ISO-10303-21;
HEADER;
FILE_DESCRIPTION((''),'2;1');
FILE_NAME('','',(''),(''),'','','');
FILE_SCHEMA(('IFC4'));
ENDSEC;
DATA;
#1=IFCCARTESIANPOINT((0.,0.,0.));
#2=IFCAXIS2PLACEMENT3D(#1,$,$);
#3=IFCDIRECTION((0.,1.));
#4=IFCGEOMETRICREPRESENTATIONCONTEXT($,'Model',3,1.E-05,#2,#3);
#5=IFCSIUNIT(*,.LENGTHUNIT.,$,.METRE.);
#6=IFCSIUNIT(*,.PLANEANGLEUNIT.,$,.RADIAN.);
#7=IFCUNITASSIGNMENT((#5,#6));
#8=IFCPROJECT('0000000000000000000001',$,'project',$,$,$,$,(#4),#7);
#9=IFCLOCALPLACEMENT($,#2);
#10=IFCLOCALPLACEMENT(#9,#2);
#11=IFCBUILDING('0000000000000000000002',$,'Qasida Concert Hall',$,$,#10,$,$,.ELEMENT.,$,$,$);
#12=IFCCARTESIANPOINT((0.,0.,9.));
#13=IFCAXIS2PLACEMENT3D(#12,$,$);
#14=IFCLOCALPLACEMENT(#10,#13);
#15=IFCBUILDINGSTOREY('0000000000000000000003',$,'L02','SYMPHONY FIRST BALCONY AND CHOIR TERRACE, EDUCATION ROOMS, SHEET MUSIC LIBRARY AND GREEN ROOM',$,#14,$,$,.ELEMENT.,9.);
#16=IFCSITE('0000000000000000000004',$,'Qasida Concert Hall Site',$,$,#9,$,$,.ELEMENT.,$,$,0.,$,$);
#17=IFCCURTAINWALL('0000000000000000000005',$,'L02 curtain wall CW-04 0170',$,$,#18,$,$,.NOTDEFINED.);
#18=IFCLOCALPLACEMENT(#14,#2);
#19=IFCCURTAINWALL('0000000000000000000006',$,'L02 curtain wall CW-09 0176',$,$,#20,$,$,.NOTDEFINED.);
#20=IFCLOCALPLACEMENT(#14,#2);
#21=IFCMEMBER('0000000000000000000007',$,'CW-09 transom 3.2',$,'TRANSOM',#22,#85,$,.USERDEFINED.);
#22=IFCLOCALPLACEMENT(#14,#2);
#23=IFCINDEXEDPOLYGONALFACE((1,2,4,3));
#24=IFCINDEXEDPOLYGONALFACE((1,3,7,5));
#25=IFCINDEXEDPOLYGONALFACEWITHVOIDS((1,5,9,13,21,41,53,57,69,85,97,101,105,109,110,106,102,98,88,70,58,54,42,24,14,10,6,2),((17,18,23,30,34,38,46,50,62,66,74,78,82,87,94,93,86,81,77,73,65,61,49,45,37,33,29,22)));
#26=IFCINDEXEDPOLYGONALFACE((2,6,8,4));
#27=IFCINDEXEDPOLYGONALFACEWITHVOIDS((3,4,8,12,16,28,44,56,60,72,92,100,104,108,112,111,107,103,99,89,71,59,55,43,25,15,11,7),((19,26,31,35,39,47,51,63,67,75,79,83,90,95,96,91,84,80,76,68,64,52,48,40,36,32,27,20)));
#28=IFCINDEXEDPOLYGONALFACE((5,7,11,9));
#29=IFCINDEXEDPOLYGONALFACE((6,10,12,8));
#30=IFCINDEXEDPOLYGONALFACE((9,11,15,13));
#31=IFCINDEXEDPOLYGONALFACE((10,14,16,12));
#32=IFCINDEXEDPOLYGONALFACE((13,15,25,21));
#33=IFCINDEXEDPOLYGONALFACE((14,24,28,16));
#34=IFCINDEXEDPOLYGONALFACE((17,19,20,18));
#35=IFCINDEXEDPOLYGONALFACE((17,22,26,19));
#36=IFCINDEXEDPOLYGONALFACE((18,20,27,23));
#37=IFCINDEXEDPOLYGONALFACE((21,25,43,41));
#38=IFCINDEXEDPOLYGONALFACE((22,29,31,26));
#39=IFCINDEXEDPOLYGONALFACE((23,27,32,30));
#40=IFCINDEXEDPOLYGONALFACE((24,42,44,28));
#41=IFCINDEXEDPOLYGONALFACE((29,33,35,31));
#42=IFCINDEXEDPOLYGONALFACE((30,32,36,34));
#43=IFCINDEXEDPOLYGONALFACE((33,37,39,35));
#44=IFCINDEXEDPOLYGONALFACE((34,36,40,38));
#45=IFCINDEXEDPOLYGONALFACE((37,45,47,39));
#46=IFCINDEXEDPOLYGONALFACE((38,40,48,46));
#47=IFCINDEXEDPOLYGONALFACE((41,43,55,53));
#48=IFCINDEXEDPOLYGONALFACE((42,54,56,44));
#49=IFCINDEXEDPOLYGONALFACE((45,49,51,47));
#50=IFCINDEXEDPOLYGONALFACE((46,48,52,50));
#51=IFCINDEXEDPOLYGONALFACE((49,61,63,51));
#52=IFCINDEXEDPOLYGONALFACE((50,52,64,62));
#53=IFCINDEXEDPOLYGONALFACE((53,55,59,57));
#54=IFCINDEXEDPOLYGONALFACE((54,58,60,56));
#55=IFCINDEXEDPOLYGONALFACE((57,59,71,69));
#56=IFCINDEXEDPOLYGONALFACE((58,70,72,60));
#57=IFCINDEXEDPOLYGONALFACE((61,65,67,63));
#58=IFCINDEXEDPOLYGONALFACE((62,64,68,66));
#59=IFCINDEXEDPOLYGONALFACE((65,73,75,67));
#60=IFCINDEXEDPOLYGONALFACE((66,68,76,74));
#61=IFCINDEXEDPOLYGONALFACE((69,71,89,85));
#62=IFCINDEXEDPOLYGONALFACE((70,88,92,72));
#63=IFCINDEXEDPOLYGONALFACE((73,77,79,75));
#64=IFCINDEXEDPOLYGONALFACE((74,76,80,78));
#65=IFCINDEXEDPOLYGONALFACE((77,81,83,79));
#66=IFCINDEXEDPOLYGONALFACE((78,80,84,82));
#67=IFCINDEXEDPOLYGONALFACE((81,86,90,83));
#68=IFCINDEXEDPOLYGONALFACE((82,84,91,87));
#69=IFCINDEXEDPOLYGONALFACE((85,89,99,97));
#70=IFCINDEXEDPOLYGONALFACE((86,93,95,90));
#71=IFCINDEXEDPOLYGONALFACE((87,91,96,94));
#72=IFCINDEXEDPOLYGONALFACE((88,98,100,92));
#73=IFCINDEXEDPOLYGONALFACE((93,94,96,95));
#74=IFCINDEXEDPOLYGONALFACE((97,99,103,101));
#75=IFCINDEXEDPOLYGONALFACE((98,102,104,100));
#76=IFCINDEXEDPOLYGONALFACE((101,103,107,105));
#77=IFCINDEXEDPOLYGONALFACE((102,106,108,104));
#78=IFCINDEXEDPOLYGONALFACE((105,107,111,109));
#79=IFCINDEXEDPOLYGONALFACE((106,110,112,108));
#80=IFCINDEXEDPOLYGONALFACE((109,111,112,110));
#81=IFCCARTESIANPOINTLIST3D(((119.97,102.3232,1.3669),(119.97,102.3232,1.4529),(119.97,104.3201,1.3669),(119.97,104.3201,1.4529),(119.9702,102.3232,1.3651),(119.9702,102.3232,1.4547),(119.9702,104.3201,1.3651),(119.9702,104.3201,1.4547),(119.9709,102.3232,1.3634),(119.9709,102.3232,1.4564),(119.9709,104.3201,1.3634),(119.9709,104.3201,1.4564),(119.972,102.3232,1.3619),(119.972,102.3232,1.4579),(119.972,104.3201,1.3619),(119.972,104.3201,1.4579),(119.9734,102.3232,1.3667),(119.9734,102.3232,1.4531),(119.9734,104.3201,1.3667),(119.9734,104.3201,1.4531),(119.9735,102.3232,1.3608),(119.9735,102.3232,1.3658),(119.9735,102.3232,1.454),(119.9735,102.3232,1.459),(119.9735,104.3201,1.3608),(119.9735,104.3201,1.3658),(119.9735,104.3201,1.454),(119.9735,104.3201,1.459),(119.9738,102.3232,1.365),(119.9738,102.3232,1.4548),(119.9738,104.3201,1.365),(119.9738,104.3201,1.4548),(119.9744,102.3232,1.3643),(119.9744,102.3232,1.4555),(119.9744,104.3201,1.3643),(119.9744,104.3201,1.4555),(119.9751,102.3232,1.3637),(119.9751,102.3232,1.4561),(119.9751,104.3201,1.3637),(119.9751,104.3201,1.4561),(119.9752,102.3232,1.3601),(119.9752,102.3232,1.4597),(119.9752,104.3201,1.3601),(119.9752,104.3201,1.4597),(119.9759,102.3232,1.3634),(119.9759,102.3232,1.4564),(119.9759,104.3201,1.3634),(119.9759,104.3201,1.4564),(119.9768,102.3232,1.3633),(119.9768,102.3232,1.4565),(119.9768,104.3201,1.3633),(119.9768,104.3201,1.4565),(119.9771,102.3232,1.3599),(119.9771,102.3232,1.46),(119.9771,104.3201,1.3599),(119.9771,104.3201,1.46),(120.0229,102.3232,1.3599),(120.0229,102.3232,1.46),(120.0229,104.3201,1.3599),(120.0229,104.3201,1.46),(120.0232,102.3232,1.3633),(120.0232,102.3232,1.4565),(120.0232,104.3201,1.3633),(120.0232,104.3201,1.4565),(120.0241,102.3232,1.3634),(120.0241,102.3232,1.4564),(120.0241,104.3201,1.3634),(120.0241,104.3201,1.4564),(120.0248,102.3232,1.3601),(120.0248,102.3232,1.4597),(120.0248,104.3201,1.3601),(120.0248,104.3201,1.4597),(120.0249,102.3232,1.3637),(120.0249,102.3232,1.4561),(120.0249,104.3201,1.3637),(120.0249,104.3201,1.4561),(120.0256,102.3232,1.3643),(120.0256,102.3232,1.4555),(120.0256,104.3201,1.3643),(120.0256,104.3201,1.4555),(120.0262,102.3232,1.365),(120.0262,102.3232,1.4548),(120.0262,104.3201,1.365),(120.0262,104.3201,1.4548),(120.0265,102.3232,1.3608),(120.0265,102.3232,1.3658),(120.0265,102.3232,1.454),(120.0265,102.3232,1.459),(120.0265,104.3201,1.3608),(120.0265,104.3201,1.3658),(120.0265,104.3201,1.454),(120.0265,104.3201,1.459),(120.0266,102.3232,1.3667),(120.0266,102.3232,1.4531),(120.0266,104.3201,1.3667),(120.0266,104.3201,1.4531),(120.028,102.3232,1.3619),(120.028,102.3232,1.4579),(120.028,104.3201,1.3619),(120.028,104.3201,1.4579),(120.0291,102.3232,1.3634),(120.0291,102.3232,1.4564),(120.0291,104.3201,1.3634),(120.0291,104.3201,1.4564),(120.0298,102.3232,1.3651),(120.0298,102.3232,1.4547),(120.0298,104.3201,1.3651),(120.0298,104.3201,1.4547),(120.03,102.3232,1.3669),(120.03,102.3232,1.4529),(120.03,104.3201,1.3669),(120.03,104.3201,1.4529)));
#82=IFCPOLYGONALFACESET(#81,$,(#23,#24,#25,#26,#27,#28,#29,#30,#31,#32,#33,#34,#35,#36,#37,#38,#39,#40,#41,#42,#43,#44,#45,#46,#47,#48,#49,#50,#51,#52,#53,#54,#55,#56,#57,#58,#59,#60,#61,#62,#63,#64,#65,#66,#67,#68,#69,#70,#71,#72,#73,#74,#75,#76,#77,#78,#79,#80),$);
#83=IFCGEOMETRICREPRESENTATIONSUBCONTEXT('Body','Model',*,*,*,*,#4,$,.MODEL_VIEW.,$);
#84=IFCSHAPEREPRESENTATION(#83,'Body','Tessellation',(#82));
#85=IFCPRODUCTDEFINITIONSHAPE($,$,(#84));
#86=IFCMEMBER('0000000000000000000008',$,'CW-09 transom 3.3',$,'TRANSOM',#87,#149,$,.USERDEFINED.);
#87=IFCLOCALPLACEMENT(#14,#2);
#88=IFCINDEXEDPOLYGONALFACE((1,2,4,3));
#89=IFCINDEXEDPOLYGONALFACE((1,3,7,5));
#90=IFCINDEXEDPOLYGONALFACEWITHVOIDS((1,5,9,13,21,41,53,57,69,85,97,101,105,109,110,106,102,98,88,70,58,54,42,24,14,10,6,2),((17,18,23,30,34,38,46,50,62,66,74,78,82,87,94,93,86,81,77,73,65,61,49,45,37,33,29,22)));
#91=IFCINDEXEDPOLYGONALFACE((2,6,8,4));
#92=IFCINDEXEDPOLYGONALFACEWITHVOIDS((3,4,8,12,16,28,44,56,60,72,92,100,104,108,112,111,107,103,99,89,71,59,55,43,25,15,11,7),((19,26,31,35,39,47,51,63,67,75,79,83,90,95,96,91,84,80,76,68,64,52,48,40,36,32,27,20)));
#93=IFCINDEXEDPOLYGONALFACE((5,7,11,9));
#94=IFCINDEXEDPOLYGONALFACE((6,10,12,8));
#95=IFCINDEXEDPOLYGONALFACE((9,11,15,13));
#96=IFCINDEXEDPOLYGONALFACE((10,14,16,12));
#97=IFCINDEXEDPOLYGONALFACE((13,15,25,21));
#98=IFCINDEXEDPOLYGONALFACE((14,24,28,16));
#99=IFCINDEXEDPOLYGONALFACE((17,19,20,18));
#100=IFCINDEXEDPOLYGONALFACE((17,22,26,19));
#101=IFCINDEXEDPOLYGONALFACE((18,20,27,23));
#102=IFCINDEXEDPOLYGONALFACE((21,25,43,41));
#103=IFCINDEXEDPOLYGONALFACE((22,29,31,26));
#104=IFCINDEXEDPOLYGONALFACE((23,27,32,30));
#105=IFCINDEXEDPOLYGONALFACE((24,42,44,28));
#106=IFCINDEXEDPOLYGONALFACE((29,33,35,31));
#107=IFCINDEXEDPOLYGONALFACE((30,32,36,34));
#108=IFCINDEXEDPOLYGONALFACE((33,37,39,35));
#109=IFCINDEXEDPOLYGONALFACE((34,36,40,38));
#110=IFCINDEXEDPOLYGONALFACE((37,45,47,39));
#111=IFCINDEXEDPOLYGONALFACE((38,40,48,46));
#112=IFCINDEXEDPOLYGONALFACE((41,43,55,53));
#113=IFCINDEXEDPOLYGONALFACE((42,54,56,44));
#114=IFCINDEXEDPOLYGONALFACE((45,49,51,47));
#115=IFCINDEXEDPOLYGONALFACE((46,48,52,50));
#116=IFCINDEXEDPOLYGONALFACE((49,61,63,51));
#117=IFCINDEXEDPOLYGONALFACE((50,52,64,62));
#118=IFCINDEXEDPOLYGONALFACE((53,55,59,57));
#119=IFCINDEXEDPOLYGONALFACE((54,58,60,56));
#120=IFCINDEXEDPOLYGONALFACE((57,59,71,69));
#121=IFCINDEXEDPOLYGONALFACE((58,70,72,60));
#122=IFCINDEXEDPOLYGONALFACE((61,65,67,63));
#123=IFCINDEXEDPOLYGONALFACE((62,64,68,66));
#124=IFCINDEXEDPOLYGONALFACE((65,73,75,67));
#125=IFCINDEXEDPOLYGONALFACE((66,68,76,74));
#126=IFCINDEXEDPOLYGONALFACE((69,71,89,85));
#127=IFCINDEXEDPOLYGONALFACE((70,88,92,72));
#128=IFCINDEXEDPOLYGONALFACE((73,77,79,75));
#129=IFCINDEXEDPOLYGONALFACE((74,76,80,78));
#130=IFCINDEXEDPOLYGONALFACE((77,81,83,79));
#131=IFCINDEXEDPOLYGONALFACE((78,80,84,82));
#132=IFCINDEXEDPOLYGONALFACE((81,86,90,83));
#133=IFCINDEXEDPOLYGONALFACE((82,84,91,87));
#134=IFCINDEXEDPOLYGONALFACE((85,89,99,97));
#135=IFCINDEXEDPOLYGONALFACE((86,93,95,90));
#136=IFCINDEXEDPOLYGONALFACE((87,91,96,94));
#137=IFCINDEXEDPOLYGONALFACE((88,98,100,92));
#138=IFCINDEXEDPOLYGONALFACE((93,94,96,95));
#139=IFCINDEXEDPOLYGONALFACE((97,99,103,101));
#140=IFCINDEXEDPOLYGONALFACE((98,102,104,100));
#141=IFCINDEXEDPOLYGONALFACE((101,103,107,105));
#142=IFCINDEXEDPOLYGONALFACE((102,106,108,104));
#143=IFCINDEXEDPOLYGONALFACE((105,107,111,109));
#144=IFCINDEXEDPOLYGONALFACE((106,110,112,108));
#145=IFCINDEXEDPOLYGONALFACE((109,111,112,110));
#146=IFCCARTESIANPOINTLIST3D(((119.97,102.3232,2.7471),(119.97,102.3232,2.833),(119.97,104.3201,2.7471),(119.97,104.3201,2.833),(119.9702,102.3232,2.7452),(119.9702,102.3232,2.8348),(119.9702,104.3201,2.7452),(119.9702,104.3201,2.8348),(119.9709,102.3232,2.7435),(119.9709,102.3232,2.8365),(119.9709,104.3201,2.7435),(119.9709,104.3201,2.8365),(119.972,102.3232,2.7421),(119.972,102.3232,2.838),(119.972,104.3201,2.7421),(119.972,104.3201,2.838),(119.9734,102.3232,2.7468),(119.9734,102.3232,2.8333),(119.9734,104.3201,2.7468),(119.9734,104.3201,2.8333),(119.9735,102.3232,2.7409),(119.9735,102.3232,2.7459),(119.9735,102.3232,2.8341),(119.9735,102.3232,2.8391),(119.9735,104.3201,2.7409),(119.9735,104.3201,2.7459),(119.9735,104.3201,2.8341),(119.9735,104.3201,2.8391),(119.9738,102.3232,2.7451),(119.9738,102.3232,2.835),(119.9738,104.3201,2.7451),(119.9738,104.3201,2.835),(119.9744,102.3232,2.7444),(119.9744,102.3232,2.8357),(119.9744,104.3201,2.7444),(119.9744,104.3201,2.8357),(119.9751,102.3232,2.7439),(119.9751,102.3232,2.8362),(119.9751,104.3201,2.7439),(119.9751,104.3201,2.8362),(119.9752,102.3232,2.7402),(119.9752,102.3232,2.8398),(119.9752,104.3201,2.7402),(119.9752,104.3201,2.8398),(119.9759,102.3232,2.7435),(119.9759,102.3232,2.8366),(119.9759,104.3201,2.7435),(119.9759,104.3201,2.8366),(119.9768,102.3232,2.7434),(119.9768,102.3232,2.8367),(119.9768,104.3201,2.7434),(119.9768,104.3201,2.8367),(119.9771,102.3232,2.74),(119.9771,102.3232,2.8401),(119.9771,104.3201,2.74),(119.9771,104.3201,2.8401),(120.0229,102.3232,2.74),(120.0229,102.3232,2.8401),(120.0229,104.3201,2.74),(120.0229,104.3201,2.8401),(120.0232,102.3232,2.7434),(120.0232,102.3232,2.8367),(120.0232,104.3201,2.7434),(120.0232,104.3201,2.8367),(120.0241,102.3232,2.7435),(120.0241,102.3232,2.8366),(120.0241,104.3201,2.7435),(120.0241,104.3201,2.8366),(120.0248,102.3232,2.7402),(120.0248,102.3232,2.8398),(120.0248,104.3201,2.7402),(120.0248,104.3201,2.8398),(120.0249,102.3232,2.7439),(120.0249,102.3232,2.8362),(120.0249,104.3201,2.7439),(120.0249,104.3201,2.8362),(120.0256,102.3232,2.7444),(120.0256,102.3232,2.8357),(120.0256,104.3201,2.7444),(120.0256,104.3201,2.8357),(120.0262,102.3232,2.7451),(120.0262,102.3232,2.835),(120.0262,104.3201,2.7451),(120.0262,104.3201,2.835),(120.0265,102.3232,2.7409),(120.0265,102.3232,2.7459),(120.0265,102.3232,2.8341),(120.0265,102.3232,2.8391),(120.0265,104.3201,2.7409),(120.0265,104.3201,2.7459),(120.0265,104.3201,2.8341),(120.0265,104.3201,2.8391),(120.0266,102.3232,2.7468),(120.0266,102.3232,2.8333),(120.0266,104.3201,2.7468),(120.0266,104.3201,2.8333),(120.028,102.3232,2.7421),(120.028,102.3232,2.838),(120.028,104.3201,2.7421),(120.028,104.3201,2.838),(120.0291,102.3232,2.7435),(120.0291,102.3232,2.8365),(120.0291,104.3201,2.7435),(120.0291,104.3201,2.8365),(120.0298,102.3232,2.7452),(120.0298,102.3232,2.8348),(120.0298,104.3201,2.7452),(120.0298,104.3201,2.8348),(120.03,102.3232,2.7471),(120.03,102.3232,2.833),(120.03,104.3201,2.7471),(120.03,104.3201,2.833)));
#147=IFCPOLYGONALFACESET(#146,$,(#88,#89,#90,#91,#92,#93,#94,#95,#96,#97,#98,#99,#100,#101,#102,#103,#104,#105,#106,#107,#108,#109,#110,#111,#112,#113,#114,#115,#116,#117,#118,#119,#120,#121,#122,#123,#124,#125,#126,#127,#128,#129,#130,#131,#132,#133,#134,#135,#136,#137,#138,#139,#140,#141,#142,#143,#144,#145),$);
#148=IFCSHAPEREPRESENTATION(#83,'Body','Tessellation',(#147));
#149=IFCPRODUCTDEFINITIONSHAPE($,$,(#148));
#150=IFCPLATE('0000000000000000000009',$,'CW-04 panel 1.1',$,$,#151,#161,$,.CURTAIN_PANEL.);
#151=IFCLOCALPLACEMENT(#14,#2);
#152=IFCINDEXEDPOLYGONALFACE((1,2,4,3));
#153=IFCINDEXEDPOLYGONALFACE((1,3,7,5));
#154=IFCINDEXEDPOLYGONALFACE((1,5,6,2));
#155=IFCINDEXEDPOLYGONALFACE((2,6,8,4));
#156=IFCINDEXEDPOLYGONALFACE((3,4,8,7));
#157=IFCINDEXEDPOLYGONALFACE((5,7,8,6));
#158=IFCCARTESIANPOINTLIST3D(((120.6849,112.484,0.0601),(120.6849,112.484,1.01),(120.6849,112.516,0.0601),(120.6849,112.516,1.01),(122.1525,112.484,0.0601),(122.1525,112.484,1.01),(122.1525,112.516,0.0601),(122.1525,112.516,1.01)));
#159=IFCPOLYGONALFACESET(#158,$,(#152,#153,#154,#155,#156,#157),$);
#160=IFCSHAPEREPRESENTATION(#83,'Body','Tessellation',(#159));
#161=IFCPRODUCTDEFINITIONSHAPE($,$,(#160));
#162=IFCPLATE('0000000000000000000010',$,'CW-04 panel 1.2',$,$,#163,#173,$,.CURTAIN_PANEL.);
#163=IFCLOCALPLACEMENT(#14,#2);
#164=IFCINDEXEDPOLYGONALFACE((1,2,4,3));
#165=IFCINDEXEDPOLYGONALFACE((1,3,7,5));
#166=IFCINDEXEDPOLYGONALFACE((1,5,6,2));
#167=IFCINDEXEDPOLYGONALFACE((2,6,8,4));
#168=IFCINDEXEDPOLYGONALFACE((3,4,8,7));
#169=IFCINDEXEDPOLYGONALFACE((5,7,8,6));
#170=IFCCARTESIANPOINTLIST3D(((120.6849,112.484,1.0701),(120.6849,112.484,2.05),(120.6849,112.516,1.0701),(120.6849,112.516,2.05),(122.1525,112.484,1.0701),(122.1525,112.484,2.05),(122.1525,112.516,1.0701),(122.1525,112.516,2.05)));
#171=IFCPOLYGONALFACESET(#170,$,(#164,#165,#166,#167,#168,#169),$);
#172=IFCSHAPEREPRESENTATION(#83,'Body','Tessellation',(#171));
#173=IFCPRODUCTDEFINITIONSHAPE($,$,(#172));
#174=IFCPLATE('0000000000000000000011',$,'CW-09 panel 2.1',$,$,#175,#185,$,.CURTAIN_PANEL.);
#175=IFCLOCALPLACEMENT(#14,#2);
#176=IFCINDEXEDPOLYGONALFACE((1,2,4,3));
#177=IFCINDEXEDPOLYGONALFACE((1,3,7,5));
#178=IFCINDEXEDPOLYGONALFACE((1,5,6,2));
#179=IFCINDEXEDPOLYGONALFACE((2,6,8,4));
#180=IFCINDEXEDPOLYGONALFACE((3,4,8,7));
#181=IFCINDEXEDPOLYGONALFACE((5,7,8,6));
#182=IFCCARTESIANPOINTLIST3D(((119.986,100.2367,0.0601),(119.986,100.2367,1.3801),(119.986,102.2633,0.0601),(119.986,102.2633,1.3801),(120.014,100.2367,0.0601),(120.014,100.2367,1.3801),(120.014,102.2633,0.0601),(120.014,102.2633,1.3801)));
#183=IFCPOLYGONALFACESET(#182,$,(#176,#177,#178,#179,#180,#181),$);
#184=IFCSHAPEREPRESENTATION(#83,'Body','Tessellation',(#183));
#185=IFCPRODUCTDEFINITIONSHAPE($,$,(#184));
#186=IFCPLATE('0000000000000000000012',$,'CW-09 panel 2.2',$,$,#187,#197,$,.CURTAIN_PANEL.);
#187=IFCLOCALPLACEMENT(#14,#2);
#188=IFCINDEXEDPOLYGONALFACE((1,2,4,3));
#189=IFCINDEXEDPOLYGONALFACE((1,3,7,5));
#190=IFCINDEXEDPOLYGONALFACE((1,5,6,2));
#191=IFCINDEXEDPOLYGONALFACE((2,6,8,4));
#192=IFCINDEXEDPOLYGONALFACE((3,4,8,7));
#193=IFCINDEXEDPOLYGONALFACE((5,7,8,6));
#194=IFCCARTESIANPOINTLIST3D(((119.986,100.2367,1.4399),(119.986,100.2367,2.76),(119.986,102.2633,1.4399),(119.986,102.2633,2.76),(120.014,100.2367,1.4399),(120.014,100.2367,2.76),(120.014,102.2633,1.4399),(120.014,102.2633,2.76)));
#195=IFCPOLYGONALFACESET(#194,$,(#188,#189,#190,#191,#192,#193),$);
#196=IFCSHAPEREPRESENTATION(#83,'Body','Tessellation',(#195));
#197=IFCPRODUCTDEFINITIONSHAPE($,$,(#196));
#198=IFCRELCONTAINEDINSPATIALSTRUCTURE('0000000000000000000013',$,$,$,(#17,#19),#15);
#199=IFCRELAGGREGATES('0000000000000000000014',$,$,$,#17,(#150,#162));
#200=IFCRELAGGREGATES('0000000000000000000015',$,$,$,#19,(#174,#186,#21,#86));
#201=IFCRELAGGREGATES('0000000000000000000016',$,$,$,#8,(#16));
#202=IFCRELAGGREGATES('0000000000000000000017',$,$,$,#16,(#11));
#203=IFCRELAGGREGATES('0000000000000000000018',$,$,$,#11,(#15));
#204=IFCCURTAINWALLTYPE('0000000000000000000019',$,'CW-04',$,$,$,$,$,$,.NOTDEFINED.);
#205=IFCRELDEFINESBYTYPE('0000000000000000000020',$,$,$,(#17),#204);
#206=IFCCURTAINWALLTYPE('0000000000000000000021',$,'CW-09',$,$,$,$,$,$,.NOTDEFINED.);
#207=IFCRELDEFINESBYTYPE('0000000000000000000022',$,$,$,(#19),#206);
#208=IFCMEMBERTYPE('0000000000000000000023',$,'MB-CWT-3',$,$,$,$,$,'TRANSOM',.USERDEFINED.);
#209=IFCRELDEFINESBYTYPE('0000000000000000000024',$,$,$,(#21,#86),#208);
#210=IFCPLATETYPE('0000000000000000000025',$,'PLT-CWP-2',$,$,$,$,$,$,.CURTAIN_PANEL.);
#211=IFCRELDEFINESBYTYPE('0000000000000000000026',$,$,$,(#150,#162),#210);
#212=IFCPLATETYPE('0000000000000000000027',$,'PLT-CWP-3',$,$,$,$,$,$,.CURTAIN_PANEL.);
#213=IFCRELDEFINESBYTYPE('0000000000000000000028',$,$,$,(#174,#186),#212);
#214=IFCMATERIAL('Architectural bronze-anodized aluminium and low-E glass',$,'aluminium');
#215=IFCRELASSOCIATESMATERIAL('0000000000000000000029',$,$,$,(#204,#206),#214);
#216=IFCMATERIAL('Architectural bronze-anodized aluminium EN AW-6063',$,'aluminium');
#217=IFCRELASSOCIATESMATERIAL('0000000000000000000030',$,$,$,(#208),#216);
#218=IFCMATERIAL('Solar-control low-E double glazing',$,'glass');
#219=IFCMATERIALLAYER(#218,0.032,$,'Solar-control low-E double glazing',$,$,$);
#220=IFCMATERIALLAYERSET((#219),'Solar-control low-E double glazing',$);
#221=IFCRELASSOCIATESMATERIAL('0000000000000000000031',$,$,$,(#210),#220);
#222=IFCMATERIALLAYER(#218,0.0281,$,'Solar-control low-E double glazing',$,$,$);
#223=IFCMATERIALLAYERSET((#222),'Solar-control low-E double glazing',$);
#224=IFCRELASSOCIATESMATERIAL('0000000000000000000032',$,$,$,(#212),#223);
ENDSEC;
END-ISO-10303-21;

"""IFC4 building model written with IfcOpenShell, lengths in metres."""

from ifc_helpers import new_model, si_unit, direction, frame, origin, origin_2d, place, context, subcontext, project, spatial, rectangle, hollow_rectangle, extrude, material, layer, layer_set, material_profile, profile_set, type_object, element, aggregate, save


model = new_model("IFC4")

# Units and contexts
model_context = context("Model", 3, precision=1e-05, world=origin(), true_north=direction((0.0, 1.0)))
body_context = subcontext(model_context, "Body", "Model", "MODEL_VIEW")
ifc_project = project(units=[si_unit("LENGTHUNIT", "METRE"), si_unit("PLANEANGLEUNIT", "RADIAN")], contexts=[model_context])

# Site, building, storey
site_placement = place(None, origin())
site = spatial("IfcSite", under=ifc_project, at=site_placement, Name="Qasida Concert Hall Site", CompositionType="ELEMENT", RefElevation=0.0)
building_placement = place(site_placement, origin())
building = spatial("IfcBuilding", under=site, at=building_placement, Name="Qasida Concert Hall", CompositionType="ELEMENT")
storey_placement = place(building_placement, frame((0.0, 0.0, 9.0)))
storey = spatial("IfcBuildingStorey", under=building, at=storey_placement, Name="L02", Description="SYMPHONY FIRST BALCONY AND CHOIR TERRACE, EDUCATION ROOMS, SHEET MUSIC LIBRARY AND GREEN ROOM", CompositionType="ELEMENT", Elevation=9.0)

# Curtain wall
ifc_material_1 = material(Name="Architectural bronze-anodized aluminium and low-E glass", Category="aluminium")
curtain_wall_type_1 = type_object("IfcCurtainWallType", Name="CW-04", PredefinedType="NOTDEFINED", material=ifc_material_1)
curtain_wall_1_placement = place(storey_placement, origin())
curtain_wall_1 = element("IfcCurtainWall", 1, at=curtain_wall_1_placement, inside=storey, type_object=curtain_wall_type_1, Name="L02 curtain wall CW-04 0170", PredefinedType="NOTDEFINED")
ifc_material_2 = material(Name="Architectural bronze-anodized aluminium EN AW-6063", Category="aluminium")

# Curtain wall
curtain_wall_type_2 = type_object("IfcCurtainWallType", Name="CW-09", PredefinedType="NOTDEFINED", material=ifc_material_1)
curtain_wall_2_placement = place(storey_placement, origin())
curtain_wall_2 = element("IfcCurtainWall", 2, at=curtain_wall_2_placement, inside=storey, type_object=curtain_wall_type_2, Name="L02 curtain wall CW-09 0176", PredefinedType="NOTDEFINED")

# Members
ifc_material_profile_1 = material_profile(ifc_material_2, hollow_rectangle(XDim=0.0601, YDim=0.1001, WallThickness=0.0034, InnerFilletRadius=0.0034, OuterFilletRadius=0.0071, at=origin_2d()), Name="CWT 100x60x3.5")
ifc_profile_set_1 = profile_set([ifc_material_profile_1], Name="Architectural bronze-anodized aluminium EN AW-6063")
member_type_1 = type_object("IfcMemberType", Name="MB-CWT-3", ElementType="TRANSOM", PredefinedType="USERDEFINED", material=ifc_profile_set_1)
member_1_placement = place(storey_placement, frame((120.0, 102.3232, 1.4099), z_axis=(0.0, 1.0, 0.0), x_axis=(-1.0, 0.0, 0.0)))
member_1 = element("IfcMember", 3, at=member_1_placement, type_object=member_type_1, Name="CW-09 transom 3.2", ObjectType="TRANSOM", PredefinedType="USERDEFINED", context=body_context, shape_type="SweptSolid", body=[
    extrude(hollow_rectangle(XDim=0.0601, YDim=0.1001, WallThickness=0.0034, InnerFilletRadius=0.0034, OuterFilletRadius=0.0071, at=origin_2d()), origin(), (0.0, 0.0, 1.0), 1.9968),
])
member_2_placement = place(storey_placement, frame((120.0, 102.3232, 2.79), z_axis=(0.0, 1.0, 0.0), x_axis=(-1.0, 0.0, 0.0)))
member_2 = element("IfcMember", 4, at=member_2_placement, type_object=member_type_1, Name="CW-09 transom 3.3", ObjectType="TRANSOM", PredefinedType="USERDEFINED", context=body_context, shape_type="SweptSolid", body=[
    extrude(hollow_rectangle(XDim=0.0601, YDim=0.1001, WallThickness=0.0034, InnerFilletRadius=0.0034, OuterFilletRadius=0.0071, at=origin_2d()), origin(), (0.0, 0.0, 1.0), 1.9968),
])

# Plates
ifc_material_3 = material(Name="Solar-control low-E double glazing", Category="glass")
ifc_layer_1 = layer(ifc_material_3, 0.032, Name="Solar-control low-E double glazing")
ifc_layer_set_1 = layer_set([ifc_layer_1], Name="Solar-control low-E double glazing")
plate_type_1 = type_object("IfcPlateType", Name="PLT-CWP-2", PredefinedType="CURTAIN_PANEL", material=ifc_layer_set_1)
plate_1_placement = place(storey_placement, frame((121.4187, 112.5, 0.0601), z_axis=(0.0, 0.0, 1.0), x_axis=(1.0, 0.0, 0.0)))
plate_1 = element("IfcPlate", 5, at=plate_1_placement, type_object=plate_type_1, Name="CW-04 panel 1.1", PredefinedType="CURTAIN_PANEL", context=body_context, shape_type="SweptSolid", body=[
    extrude(rectangle(XDim=1.4675, YDim=0.032, at=origin_2d()), origin(), (0.0, 0.0, 1.0), 0.95),
])
plate_2_placement = place(storey_placement, frame((121.4187, 112.5, 1.0701), z_axis=(0.0, 0.0, 1.0), x_axis=(1.0, 0.0, 0.0)))
plate_2 = element("IfcPlate", 6, at=plate_2_placement, type_object=plate_type_1, Name="CW-04 panel 1.2", PredefinedType="CURTAIN_PANEL", context=body_context, shape_type="SweptSolid", body=[
    extrude(rectangle(XDim=1.4675, YDim=0.032, at=origin_2d()), origin(), (0.0, 0.0, 1.0), 0.98),
])
aggregate(curtain_wall_1, [plate_1, plate_2])
ifc_layer_2 = layer(ifc_material_3, 0.0281, Name="Solar-control low-E double glazing")
ifc_layer_set_2 = layer_set([ifc_layer_2], Name="Solar-control low-E double glazing")
plate_type_2 = type_object("IfcPlateType", Name="PLT-CWP-3", PredefinedType="CURTAIN_PANEL", material=ifc_layer_set_2)
plate_3_placement = place(storey_placement, frame((120.0, 101.25, 0.0601), z_axis=(0.0, 0.0, 1.0), x_axis=(0.0, 1.0, 0.0)))
plate_3 = element("IfcPlate", 7, at=plate_3_placement, type_object=plate_type_2, Name="CW-09 panel 2.1", PredefinedType="CURTAIN_PANEL", context=body_context, shape_type="SweptSolid", body=[
    extrude(rectangle(XDim=2.0266, YDim=0.0281, at=origin_2d()), origin(), (0.0, 0.0, 1.0), 1.3201),
])
plate_4_placement = place(storey_placement, frame((120.0, 101.25, 1.4399), z_axis=(0.0, 0.0, 1.0), x_axis=(0.0, 1.0, 0.0)))
plate_4 = element("IfcPlate", 8, at=plate_4_placement, type_object=plate_type_2, Name="CW-09 panel 2.2", PredefinedType="CURTAIN_PANEL", context=body_context, shape_type="SweptSolid", body=[
    extrude(rectangle(XDim=2.0266, YDim=0.0281, at=origin_2d()), origin(), (0.0, 0.0, 1.0), 1.3201),
])
aggregate(curtain_wall_2, [plate_3, plate_4, member_1, member_2])

save(model, "model.ifc")
